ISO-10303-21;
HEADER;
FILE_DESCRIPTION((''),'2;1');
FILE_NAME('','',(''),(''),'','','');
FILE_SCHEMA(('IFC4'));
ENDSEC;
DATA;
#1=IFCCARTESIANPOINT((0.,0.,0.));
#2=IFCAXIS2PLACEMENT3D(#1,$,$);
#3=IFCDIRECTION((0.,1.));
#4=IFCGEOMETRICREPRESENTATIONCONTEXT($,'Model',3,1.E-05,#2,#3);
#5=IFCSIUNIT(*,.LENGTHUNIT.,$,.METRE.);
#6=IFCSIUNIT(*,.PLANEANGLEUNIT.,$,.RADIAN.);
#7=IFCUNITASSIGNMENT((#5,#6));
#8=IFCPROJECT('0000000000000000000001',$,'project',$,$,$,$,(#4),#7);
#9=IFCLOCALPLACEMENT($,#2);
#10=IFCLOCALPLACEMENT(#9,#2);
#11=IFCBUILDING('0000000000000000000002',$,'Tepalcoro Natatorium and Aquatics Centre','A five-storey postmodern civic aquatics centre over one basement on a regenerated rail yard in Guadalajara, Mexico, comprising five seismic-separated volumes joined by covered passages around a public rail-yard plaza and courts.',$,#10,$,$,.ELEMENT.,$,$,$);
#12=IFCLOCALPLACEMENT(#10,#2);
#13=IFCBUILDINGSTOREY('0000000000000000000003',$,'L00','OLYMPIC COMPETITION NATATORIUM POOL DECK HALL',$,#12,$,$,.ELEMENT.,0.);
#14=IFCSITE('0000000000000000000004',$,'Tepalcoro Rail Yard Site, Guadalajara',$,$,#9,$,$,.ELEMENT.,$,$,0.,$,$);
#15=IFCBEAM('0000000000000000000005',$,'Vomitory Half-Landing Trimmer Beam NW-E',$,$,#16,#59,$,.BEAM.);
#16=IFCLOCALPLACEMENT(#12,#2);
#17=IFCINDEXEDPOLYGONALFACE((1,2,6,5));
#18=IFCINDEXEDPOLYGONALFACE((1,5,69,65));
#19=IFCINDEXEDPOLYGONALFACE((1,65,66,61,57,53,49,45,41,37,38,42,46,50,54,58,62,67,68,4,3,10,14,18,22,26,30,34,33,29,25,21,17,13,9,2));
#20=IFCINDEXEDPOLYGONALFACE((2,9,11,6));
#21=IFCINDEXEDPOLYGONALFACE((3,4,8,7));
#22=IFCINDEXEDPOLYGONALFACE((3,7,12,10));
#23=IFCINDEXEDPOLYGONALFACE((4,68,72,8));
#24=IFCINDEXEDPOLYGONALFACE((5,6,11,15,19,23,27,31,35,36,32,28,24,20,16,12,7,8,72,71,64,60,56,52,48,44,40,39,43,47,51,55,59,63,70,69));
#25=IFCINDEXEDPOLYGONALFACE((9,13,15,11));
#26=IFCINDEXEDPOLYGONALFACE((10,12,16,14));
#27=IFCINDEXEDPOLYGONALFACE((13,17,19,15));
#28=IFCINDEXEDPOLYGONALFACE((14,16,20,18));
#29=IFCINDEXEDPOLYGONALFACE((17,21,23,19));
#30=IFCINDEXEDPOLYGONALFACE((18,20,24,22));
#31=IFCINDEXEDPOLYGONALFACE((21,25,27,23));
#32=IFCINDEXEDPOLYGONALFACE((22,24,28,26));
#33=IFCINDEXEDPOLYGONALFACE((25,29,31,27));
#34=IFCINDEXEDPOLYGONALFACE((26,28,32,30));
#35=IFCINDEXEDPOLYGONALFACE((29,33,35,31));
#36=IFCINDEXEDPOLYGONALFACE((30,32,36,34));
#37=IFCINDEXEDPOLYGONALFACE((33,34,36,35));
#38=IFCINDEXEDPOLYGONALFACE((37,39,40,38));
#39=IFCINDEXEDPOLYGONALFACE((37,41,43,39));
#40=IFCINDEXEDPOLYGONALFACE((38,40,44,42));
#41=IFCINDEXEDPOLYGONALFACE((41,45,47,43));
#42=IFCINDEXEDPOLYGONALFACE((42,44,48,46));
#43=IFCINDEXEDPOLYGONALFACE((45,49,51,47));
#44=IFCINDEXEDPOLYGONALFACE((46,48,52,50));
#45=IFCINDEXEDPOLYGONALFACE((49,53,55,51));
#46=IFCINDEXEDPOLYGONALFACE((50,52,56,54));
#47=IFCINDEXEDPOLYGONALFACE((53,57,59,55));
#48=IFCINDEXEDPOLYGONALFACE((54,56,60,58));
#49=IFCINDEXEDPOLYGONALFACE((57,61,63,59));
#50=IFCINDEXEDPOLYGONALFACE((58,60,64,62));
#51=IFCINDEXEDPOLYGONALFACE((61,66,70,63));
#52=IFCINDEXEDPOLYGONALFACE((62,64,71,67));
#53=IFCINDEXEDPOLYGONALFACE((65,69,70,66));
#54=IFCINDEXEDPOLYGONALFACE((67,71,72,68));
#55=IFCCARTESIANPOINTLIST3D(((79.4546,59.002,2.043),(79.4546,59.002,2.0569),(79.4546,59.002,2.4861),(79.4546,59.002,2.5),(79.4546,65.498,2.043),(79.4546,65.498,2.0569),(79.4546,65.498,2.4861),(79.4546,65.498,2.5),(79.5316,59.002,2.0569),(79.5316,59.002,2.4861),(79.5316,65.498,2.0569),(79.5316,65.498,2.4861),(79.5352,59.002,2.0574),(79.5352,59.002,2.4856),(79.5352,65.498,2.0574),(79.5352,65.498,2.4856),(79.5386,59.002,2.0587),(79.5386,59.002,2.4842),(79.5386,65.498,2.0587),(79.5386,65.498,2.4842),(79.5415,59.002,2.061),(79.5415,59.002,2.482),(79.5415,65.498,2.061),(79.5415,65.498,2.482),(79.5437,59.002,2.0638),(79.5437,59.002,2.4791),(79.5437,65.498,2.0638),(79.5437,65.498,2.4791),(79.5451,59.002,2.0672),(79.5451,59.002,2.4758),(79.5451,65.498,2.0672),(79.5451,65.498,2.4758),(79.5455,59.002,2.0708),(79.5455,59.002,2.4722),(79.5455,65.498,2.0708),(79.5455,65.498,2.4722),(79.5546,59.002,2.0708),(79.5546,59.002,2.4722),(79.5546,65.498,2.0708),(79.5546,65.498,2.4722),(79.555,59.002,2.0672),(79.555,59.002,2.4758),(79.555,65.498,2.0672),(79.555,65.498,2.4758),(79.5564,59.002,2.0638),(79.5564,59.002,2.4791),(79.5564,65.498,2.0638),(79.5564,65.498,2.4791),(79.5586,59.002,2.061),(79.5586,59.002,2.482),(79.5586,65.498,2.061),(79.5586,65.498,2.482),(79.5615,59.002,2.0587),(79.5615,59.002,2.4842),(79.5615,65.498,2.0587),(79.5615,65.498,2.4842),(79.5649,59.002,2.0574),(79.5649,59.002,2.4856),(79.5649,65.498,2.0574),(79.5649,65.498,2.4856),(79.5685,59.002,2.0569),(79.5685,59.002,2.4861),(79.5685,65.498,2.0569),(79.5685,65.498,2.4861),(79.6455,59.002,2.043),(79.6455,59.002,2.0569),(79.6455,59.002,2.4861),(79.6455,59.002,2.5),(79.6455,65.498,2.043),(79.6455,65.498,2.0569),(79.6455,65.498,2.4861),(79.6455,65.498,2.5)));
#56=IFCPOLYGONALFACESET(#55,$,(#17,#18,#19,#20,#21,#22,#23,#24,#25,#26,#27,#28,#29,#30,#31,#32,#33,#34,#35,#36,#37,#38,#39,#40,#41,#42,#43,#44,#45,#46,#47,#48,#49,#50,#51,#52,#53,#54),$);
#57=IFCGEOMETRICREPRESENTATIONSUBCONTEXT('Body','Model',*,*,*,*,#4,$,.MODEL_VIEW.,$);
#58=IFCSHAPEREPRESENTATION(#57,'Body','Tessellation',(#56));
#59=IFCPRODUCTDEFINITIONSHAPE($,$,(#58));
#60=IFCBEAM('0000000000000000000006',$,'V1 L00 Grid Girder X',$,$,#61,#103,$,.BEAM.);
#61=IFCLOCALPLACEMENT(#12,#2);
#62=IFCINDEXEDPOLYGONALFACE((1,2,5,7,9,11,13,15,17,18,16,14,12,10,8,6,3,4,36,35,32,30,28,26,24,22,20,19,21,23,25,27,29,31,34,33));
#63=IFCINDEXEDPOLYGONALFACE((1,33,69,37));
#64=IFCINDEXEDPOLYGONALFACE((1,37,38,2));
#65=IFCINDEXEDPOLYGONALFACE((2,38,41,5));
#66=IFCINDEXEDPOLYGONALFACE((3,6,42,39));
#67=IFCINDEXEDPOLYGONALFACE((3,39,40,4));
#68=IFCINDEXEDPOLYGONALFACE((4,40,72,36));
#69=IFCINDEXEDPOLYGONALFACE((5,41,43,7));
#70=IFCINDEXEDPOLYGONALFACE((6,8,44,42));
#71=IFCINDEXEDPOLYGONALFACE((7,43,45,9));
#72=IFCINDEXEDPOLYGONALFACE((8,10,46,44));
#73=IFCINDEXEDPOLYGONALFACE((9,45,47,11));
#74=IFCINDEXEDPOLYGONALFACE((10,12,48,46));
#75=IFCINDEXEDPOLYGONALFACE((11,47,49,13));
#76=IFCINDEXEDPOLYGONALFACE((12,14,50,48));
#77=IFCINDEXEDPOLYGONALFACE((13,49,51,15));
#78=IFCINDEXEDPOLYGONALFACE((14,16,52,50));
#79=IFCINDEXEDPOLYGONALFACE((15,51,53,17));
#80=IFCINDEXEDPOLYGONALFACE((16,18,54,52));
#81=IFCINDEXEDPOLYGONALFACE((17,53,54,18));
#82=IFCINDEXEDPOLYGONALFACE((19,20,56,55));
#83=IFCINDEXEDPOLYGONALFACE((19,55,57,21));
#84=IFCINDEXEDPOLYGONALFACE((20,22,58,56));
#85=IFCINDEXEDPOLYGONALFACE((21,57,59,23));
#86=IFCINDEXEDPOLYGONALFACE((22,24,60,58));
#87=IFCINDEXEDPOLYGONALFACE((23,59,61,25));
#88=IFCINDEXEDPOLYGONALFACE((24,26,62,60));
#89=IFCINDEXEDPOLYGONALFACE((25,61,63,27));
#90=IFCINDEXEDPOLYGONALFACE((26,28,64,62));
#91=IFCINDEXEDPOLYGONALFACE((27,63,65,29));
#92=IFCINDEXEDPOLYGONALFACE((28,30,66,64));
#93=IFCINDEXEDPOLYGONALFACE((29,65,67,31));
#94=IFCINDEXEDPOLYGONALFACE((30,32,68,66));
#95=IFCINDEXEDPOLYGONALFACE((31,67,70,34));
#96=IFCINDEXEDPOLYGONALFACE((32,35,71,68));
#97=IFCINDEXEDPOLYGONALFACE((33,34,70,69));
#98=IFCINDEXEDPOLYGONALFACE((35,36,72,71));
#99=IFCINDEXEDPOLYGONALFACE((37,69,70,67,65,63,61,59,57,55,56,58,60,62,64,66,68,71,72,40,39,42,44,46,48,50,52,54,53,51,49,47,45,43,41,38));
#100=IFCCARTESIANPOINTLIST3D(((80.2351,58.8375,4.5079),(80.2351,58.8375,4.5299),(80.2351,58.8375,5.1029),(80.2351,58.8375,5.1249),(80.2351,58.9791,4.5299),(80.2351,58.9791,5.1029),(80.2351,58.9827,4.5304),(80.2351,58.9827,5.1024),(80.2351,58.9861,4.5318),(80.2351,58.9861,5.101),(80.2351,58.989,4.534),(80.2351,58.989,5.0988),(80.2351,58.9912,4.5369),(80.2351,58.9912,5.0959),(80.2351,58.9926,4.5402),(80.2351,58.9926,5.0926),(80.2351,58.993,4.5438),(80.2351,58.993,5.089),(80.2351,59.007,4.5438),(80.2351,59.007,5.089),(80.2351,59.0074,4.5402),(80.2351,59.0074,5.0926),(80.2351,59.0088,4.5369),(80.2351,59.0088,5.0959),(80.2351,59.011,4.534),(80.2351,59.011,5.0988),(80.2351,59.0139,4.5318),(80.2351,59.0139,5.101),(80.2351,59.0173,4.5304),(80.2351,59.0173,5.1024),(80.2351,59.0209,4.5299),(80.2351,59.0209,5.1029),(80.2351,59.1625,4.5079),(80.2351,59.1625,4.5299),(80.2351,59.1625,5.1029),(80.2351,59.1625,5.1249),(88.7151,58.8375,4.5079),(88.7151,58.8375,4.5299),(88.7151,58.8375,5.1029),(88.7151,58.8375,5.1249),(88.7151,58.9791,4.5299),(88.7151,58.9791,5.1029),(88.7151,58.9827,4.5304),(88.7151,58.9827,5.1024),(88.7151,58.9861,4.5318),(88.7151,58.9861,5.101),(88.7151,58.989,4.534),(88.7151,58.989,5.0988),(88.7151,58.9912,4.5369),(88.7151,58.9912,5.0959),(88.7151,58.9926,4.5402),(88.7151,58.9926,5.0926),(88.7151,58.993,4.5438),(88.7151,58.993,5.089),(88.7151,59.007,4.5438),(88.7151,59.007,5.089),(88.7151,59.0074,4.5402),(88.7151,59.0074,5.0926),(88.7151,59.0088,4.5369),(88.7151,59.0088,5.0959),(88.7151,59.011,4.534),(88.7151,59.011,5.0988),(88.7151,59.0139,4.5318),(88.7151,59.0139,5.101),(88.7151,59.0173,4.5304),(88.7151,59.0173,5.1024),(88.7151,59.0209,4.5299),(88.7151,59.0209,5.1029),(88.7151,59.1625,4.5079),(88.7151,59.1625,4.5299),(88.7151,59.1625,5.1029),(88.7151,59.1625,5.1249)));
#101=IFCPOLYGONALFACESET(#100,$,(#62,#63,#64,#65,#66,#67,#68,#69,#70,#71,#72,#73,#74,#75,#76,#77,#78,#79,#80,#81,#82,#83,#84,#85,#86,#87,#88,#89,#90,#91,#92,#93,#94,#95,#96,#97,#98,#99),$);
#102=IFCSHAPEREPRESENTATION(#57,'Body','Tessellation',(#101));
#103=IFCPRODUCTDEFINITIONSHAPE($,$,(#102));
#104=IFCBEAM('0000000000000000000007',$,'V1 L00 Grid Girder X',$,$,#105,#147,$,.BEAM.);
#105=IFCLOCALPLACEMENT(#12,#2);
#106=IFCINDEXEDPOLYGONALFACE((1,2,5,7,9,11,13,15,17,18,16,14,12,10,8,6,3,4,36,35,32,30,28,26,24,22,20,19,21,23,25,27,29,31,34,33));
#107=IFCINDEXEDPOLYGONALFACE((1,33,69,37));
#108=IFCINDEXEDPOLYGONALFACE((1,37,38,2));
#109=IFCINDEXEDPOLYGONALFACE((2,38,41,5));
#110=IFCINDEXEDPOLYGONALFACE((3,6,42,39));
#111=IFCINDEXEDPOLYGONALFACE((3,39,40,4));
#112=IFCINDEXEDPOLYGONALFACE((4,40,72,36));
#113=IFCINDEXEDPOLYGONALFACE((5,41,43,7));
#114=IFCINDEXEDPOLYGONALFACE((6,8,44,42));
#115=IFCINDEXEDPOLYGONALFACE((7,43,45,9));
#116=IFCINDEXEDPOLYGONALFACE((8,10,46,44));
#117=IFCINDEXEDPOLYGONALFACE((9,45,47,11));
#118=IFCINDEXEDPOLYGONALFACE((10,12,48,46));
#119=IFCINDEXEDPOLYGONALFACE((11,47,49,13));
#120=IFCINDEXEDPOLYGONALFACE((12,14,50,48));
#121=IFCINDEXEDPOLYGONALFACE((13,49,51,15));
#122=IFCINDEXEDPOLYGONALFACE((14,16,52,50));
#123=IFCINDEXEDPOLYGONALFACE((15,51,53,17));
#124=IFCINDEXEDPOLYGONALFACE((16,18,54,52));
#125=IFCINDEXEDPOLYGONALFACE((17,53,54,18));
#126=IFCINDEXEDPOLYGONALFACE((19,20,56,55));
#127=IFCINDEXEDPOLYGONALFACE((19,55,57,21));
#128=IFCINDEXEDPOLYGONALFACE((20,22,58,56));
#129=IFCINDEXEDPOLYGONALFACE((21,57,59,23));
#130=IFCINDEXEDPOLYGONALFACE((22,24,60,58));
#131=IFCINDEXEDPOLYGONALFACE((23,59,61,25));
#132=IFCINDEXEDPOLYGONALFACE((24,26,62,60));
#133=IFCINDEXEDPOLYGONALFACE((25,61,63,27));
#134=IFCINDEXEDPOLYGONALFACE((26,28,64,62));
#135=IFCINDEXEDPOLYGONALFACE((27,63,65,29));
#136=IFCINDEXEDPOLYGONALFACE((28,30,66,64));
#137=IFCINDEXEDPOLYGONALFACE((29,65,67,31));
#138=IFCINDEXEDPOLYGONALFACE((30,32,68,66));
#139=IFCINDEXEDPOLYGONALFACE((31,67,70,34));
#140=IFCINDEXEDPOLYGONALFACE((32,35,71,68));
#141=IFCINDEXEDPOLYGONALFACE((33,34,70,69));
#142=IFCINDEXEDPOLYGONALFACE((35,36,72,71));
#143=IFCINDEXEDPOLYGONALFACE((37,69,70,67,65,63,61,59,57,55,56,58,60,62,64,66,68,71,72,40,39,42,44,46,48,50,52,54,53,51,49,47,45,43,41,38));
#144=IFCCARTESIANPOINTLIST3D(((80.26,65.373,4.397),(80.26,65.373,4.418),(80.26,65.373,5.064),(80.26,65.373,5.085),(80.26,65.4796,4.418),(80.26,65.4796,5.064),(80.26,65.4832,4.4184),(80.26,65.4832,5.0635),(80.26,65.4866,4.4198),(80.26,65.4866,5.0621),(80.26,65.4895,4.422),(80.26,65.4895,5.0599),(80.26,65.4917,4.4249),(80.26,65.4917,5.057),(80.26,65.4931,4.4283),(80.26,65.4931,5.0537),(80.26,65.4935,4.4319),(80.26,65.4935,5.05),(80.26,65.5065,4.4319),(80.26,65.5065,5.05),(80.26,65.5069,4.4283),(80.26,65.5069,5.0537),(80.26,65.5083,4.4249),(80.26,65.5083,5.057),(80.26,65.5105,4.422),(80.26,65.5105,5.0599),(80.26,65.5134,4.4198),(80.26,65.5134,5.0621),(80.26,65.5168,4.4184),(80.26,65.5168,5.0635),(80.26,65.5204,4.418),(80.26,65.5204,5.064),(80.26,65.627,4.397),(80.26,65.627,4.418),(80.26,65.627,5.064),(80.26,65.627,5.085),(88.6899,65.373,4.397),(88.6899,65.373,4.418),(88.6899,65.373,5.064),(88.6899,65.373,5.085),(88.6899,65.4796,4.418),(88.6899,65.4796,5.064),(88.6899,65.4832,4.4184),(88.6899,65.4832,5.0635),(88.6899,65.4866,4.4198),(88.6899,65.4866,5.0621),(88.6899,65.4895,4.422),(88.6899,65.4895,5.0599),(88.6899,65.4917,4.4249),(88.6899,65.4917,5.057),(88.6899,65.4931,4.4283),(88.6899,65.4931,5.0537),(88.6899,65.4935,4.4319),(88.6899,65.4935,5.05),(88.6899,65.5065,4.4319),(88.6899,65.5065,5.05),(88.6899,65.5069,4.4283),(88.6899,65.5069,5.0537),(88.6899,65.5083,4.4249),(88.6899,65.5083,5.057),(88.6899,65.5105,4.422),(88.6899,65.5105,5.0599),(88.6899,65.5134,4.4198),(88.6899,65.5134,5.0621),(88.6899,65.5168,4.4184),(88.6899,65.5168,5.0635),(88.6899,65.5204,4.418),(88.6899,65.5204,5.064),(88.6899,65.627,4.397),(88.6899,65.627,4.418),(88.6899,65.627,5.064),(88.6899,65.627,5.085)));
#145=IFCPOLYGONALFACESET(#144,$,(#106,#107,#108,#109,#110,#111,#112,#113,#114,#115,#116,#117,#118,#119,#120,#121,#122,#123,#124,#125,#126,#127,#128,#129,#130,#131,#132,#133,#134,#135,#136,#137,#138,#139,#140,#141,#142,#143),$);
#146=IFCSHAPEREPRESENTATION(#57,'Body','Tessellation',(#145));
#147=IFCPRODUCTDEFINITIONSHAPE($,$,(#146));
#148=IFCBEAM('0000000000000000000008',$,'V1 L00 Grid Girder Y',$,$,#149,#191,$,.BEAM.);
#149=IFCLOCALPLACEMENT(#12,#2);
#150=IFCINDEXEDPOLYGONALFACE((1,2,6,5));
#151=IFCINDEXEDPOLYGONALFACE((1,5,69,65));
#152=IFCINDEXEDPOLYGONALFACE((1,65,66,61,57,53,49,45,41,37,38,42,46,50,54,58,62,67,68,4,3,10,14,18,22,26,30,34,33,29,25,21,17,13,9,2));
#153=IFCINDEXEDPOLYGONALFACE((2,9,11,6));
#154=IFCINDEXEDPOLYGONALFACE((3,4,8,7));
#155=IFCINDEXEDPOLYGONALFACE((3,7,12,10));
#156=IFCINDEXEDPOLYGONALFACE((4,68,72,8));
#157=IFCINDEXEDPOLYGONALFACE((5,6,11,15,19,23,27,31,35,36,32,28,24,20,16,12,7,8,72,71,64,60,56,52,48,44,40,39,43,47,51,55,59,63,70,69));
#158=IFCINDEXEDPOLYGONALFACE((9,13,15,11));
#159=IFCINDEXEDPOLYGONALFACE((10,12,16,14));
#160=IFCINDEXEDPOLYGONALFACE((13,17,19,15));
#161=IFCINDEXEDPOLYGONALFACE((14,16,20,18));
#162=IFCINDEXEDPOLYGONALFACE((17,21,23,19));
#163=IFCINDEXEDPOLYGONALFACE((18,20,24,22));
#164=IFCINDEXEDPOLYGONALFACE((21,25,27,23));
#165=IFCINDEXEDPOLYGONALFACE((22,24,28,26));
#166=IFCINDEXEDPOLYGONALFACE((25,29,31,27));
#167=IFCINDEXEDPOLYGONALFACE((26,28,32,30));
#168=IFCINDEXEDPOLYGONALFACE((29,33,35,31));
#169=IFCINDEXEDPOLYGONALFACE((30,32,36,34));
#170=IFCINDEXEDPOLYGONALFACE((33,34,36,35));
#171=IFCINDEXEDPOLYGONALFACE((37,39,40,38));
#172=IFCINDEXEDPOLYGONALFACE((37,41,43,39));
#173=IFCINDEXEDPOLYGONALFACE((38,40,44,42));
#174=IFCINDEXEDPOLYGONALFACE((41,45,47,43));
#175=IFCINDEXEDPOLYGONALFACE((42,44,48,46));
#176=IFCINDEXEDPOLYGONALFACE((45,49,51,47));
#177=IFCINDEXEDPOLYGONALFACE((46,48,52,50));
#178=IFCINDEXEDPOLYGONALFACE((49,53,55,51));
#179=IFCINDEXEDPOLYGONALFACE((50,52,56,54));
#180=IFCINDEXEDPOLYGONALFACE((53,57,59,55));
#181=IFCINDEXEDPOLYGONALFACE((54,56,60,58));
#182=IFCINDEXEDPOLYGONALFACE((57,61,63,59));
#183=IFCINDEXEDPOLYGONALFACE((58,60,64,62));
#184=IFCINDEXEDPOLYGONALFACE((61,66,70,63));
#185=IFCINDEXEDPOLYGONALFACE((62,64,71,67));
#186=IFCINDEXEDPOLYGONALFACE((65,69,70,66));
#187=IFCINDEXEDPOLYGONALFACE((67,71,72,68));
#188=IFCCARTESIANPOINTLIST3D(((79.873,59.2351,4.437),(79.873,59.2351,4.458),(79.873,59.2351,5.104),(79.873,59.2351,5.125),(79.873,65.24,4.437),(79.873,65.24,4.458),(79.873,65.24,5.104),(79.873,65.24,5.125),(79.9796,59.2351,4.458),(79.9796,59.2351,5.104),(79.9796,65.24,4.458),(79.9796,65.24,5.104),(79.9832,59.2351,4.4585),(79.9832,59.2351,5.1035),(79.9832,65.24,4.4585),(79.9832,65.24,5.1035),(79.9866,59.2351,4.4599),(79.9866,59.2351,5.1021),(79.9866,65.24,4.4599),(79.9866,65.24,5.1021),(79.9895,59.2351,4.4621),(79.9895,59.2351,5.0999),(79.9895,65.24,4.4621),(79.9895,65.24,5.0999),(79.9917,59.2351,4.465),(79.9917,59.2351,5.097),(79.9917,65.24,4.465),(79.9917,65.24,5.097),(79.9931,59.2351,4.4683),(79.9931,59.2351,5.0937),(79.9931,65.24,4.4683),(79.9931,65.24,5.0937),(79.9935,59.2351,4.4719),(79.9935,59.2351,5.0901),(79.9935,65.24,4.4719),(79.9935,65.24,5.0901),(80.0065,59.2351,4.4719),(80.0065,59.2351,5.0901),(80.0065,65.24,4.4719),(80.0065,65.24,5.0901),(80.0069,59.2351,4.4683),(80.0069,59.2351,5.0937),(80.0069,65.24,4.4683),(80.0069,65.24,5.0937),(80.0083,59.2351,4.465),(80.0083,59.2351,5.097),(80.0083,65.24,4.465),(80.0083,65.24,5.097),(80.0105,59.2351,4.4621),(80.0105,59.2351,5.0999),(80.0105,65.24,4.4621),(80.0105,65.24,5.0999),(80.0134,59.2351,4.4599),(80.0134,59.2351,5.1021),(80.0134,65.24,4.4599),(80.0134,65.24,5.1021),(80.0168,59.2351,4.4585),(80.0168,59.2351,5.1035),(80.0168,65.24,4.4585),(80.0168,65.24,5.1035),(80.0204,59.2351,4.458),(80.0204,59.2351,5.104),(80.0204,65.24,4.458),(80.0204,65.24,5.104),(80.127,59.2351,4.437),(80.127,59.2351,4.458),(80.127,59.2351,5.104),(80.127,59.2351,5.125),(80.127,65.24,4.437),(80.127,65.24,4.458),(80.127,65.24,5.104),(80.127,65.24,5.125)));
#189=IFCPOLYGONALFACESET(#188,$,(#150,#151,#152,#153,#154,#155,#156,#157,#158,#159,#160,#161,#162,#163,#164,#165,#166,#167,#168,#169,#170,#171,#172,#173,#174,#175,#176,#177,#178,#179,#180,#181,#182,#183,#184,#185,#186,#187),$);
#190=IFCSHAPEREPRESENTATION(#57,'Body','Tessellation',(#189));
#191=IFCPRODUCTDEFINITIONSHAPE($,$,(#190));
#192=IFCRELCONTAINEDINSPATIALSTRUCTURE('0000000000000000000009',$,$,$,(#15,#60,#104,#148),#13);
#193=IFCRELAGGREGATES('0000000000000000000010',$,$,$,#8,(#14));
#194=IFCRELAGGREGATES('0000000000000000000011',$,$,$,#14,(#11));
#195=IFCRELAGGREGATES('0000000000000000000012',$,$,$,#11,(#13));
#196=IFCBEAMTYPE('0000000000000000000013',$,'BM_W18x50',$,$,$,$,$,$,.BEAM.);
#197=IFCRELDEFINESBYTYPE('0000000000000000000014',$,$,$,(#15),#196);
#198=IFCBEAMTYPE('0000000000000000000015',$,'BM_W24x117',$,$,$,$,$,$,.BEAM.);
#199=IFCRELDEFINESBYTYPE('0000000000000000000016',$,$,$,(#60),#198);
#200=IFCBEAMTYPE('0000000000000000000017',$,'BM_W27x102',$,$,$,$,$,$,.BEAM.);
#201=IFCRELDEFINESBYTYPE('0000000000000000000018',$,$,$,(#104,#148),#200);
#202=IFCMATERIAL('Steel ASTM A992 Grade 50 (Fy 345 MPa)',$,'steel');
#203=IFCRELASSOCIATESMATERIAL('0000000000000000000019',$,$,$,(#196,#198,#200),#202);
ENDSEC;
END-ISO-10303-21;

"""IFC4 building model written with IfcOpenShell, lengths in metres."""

from ifc_helpers import new_model, si_unit, direction, frame, origin, origin_2d, place, context, subcontext, project, spatial, i_section, extrude, material, material_profile, profile_set, type_object, element, save


model = new_model("IFC4")

# Units and contexts
model_context = context("Model", 3, precision=1e-05, world=origin(), true_north=direction((0.0, 1.0)))
body_context = subcontext(model_context, "Body", "Model", "MODEL_VIEW")
ifc_project = project(units=[si_unit("LENGTHUNIT", "METRE"), si_unit("PLANEANGLEUNIT", "RADIAN")], contexts=[model_context])

# Site, building, storey
site_placement = place(None, origin())
site = spatial("IfcSite", under=ifc_project, at=site_placement, Name="Tepalcoro Rail Yard Site, Guadalajara", CompositionType="ELEMENT", RefElevation=0.0)
building_placement = place(site_placement, origin())
building = spatial("IfcBuilding", under=site, at=building_placement, Name="Tepalcoro Natatorium and Aquatics Centre", Description="A five-storey postmodern civic aquatics centre over one basement on a regenerated rail yard in Guadalajara, Mexico, comprising five seismic-separated volumes joined by covered passages around a public rail-yard plaza and courts.", CompositionType="ELEMENT")
storey_placement = place(building_placement, origin())
storey = spatial("IfcBuildingStorey", under=building, at=storey_placement, Name="L00", Description="OLYMPIC COMPETITION NATATORIUM POOL DECK HALL", CompositionType="ELEMENT", Elevation=0.0)

# Beams
ifc_material_1 = material(Name="Steel ASTM A992 Grade 50 (Fy 345 MPa)", Category="steel")
ifc_material_profile_1 = material_profile(ifc_material_1, i_section(OverallWidth=0.1909, OverallDepth=0.457, WebThickness=0.009, FlangeThickness=0.0139, FilletRadius=0.0139, at=origin_2d()), Name="W18X50")
ifc_profile_set_1 = profile_set([ifc_material_profile_1], Name="Steel ASTM A992 Grade 50 (Fy 345 MPa)")
beam_type_1 = type_object("IfcBeamType", Name="BM_W18x50", PredefinedType="BEAM", material=ifc_profile_set_1)
beam_1_placement = place(storey_placement, frame((79.55, 59.002, 2.2715), z_axis=(0.0, 1.0, 0.0), x_axis=(-1.0, 0.0, 0.0)))
element("IfcBeam", 1, at=beam_1_placement, inside=storey, type_object=beam_type_1, Name="Vomitory Half-Landing Trimmer Beam NW-E", PredefinedType="BEAM", context=body_context, shape_type="SweptSolid", body=[
    extrude(i_section(OverallWidth=0.1909, OverallDepth=0.457, WebThickness=0.009, FlangeThickness=0.0139, FilletRadius=0.0139, at=origin_2d()), origin(), (0.0, 0.0, 1.0), 6.4961),
])
ifc_material_profile_2 = material_profile(ifc_material_1, i_section(OverallWidth=0.325, OverallDepth=0.6169, WebThickness=0.0139, FlangeThickness=0.022, FilletRadius=0.0139, at=origin_2d()), Name="W24X117")
ifc_profile_set_2 = profile_set([ifc_material_profile_2], Name="Steel ASTM A992 Grade 50 (Fy 345 MPa)")
beam_type_2 = type_object("IfcBeamType", Name="BM_W24x117", PredefinedType="BEAM", material=ifc_profile_set_2)
beam_2_placement = place(storey_placement, frame((80.2351, 59.0, 4.8164), z_axis=(1.0, 0.0, 0.0), x_axis=(0.0, 1.0, 0.0)))
element("IfcBeam", 2, at=beam_2_placement, inside=storey, type_object=beam_type_2, Name="V1 L00 Grid Girder X", PredefinedType="BEAM", context=body_context, shape_type="SweptSolid", body=[
    extrude(i_section(OverallWidth=0.325, OverallDepth=0.6169, WebThickness=0.0139, FlangeThickness=0.022, FilletRadius=0.0139, at=origin_2d()), origin(), (0.0, 0.0, 1.0), 8.48),
])
ifc_material_profile_3 = material_profile(ifc_material_1, i_section(OverallWidth=0.2539, OverallDepth=0.688, WebThickness=0.0129, FlangeThickness=0.021, FilletRadius=0.0139, at=origin_2d()), Name="W27X102")
ifc_profile_set_3 = profile_set([ifc_material_profile_3], Name="Steel ASTM A992 Grade 50 (Fy 345 MPa)")
beam_type_3 = type_object("IfcBeamType", Name="BM_W27x102", PredefinedType="BEAM", material=ifc_profile_set_3)
beam_3_placement = place(storey_placement, frame((80.26, 65.5, 4.741), z_axis=(1.0, 0.0, 0.0), x_axis=(0.0, 1.0, 0.0)))
element("IfcBeam", 3, at=beam_3_placement, inside=storey, type_object=beam_type_3, Name="V1 L00 Grid Girder X", PredefinedType="BEAM", context=body_context, shape_type="SweptSolid", body=[
    extrude(i_section(OverallWidth=0.2539, OverallDepth=0.688, WebThickness=0.0129, FlangeThickness=0.021, FilletRadius=0.0139, at=origin_2d()), origin(), (0.0, 0.0, 1.0), 8.4299),
])
beam_4_placement = place(storey_placement, frame((80.0, 59.2351, 4.781), z_axis=(0.0, 1.0, 0.0), x_axis=(-1.0, 0.0, 0.0)))
element("IfcBeam", 4, at=beam_4_placement, inside=storey, type_object=beam_type_3, Name="V1 L00 Grid Girder Y", PredefinedType="BEAM", context=body_context, shape_type="SweptSolid", body=[
    extrude(i_section(OverallWidth=0.2539, OverallDepth=0.688, WebThickness=0.0129, FlangeThickness=0.021, FilletRadius=0.0139, at=origin_2d()), origin(), (0.0, 0.0, 1.0), 6.0049),
])

save(model, "model.ifc")
